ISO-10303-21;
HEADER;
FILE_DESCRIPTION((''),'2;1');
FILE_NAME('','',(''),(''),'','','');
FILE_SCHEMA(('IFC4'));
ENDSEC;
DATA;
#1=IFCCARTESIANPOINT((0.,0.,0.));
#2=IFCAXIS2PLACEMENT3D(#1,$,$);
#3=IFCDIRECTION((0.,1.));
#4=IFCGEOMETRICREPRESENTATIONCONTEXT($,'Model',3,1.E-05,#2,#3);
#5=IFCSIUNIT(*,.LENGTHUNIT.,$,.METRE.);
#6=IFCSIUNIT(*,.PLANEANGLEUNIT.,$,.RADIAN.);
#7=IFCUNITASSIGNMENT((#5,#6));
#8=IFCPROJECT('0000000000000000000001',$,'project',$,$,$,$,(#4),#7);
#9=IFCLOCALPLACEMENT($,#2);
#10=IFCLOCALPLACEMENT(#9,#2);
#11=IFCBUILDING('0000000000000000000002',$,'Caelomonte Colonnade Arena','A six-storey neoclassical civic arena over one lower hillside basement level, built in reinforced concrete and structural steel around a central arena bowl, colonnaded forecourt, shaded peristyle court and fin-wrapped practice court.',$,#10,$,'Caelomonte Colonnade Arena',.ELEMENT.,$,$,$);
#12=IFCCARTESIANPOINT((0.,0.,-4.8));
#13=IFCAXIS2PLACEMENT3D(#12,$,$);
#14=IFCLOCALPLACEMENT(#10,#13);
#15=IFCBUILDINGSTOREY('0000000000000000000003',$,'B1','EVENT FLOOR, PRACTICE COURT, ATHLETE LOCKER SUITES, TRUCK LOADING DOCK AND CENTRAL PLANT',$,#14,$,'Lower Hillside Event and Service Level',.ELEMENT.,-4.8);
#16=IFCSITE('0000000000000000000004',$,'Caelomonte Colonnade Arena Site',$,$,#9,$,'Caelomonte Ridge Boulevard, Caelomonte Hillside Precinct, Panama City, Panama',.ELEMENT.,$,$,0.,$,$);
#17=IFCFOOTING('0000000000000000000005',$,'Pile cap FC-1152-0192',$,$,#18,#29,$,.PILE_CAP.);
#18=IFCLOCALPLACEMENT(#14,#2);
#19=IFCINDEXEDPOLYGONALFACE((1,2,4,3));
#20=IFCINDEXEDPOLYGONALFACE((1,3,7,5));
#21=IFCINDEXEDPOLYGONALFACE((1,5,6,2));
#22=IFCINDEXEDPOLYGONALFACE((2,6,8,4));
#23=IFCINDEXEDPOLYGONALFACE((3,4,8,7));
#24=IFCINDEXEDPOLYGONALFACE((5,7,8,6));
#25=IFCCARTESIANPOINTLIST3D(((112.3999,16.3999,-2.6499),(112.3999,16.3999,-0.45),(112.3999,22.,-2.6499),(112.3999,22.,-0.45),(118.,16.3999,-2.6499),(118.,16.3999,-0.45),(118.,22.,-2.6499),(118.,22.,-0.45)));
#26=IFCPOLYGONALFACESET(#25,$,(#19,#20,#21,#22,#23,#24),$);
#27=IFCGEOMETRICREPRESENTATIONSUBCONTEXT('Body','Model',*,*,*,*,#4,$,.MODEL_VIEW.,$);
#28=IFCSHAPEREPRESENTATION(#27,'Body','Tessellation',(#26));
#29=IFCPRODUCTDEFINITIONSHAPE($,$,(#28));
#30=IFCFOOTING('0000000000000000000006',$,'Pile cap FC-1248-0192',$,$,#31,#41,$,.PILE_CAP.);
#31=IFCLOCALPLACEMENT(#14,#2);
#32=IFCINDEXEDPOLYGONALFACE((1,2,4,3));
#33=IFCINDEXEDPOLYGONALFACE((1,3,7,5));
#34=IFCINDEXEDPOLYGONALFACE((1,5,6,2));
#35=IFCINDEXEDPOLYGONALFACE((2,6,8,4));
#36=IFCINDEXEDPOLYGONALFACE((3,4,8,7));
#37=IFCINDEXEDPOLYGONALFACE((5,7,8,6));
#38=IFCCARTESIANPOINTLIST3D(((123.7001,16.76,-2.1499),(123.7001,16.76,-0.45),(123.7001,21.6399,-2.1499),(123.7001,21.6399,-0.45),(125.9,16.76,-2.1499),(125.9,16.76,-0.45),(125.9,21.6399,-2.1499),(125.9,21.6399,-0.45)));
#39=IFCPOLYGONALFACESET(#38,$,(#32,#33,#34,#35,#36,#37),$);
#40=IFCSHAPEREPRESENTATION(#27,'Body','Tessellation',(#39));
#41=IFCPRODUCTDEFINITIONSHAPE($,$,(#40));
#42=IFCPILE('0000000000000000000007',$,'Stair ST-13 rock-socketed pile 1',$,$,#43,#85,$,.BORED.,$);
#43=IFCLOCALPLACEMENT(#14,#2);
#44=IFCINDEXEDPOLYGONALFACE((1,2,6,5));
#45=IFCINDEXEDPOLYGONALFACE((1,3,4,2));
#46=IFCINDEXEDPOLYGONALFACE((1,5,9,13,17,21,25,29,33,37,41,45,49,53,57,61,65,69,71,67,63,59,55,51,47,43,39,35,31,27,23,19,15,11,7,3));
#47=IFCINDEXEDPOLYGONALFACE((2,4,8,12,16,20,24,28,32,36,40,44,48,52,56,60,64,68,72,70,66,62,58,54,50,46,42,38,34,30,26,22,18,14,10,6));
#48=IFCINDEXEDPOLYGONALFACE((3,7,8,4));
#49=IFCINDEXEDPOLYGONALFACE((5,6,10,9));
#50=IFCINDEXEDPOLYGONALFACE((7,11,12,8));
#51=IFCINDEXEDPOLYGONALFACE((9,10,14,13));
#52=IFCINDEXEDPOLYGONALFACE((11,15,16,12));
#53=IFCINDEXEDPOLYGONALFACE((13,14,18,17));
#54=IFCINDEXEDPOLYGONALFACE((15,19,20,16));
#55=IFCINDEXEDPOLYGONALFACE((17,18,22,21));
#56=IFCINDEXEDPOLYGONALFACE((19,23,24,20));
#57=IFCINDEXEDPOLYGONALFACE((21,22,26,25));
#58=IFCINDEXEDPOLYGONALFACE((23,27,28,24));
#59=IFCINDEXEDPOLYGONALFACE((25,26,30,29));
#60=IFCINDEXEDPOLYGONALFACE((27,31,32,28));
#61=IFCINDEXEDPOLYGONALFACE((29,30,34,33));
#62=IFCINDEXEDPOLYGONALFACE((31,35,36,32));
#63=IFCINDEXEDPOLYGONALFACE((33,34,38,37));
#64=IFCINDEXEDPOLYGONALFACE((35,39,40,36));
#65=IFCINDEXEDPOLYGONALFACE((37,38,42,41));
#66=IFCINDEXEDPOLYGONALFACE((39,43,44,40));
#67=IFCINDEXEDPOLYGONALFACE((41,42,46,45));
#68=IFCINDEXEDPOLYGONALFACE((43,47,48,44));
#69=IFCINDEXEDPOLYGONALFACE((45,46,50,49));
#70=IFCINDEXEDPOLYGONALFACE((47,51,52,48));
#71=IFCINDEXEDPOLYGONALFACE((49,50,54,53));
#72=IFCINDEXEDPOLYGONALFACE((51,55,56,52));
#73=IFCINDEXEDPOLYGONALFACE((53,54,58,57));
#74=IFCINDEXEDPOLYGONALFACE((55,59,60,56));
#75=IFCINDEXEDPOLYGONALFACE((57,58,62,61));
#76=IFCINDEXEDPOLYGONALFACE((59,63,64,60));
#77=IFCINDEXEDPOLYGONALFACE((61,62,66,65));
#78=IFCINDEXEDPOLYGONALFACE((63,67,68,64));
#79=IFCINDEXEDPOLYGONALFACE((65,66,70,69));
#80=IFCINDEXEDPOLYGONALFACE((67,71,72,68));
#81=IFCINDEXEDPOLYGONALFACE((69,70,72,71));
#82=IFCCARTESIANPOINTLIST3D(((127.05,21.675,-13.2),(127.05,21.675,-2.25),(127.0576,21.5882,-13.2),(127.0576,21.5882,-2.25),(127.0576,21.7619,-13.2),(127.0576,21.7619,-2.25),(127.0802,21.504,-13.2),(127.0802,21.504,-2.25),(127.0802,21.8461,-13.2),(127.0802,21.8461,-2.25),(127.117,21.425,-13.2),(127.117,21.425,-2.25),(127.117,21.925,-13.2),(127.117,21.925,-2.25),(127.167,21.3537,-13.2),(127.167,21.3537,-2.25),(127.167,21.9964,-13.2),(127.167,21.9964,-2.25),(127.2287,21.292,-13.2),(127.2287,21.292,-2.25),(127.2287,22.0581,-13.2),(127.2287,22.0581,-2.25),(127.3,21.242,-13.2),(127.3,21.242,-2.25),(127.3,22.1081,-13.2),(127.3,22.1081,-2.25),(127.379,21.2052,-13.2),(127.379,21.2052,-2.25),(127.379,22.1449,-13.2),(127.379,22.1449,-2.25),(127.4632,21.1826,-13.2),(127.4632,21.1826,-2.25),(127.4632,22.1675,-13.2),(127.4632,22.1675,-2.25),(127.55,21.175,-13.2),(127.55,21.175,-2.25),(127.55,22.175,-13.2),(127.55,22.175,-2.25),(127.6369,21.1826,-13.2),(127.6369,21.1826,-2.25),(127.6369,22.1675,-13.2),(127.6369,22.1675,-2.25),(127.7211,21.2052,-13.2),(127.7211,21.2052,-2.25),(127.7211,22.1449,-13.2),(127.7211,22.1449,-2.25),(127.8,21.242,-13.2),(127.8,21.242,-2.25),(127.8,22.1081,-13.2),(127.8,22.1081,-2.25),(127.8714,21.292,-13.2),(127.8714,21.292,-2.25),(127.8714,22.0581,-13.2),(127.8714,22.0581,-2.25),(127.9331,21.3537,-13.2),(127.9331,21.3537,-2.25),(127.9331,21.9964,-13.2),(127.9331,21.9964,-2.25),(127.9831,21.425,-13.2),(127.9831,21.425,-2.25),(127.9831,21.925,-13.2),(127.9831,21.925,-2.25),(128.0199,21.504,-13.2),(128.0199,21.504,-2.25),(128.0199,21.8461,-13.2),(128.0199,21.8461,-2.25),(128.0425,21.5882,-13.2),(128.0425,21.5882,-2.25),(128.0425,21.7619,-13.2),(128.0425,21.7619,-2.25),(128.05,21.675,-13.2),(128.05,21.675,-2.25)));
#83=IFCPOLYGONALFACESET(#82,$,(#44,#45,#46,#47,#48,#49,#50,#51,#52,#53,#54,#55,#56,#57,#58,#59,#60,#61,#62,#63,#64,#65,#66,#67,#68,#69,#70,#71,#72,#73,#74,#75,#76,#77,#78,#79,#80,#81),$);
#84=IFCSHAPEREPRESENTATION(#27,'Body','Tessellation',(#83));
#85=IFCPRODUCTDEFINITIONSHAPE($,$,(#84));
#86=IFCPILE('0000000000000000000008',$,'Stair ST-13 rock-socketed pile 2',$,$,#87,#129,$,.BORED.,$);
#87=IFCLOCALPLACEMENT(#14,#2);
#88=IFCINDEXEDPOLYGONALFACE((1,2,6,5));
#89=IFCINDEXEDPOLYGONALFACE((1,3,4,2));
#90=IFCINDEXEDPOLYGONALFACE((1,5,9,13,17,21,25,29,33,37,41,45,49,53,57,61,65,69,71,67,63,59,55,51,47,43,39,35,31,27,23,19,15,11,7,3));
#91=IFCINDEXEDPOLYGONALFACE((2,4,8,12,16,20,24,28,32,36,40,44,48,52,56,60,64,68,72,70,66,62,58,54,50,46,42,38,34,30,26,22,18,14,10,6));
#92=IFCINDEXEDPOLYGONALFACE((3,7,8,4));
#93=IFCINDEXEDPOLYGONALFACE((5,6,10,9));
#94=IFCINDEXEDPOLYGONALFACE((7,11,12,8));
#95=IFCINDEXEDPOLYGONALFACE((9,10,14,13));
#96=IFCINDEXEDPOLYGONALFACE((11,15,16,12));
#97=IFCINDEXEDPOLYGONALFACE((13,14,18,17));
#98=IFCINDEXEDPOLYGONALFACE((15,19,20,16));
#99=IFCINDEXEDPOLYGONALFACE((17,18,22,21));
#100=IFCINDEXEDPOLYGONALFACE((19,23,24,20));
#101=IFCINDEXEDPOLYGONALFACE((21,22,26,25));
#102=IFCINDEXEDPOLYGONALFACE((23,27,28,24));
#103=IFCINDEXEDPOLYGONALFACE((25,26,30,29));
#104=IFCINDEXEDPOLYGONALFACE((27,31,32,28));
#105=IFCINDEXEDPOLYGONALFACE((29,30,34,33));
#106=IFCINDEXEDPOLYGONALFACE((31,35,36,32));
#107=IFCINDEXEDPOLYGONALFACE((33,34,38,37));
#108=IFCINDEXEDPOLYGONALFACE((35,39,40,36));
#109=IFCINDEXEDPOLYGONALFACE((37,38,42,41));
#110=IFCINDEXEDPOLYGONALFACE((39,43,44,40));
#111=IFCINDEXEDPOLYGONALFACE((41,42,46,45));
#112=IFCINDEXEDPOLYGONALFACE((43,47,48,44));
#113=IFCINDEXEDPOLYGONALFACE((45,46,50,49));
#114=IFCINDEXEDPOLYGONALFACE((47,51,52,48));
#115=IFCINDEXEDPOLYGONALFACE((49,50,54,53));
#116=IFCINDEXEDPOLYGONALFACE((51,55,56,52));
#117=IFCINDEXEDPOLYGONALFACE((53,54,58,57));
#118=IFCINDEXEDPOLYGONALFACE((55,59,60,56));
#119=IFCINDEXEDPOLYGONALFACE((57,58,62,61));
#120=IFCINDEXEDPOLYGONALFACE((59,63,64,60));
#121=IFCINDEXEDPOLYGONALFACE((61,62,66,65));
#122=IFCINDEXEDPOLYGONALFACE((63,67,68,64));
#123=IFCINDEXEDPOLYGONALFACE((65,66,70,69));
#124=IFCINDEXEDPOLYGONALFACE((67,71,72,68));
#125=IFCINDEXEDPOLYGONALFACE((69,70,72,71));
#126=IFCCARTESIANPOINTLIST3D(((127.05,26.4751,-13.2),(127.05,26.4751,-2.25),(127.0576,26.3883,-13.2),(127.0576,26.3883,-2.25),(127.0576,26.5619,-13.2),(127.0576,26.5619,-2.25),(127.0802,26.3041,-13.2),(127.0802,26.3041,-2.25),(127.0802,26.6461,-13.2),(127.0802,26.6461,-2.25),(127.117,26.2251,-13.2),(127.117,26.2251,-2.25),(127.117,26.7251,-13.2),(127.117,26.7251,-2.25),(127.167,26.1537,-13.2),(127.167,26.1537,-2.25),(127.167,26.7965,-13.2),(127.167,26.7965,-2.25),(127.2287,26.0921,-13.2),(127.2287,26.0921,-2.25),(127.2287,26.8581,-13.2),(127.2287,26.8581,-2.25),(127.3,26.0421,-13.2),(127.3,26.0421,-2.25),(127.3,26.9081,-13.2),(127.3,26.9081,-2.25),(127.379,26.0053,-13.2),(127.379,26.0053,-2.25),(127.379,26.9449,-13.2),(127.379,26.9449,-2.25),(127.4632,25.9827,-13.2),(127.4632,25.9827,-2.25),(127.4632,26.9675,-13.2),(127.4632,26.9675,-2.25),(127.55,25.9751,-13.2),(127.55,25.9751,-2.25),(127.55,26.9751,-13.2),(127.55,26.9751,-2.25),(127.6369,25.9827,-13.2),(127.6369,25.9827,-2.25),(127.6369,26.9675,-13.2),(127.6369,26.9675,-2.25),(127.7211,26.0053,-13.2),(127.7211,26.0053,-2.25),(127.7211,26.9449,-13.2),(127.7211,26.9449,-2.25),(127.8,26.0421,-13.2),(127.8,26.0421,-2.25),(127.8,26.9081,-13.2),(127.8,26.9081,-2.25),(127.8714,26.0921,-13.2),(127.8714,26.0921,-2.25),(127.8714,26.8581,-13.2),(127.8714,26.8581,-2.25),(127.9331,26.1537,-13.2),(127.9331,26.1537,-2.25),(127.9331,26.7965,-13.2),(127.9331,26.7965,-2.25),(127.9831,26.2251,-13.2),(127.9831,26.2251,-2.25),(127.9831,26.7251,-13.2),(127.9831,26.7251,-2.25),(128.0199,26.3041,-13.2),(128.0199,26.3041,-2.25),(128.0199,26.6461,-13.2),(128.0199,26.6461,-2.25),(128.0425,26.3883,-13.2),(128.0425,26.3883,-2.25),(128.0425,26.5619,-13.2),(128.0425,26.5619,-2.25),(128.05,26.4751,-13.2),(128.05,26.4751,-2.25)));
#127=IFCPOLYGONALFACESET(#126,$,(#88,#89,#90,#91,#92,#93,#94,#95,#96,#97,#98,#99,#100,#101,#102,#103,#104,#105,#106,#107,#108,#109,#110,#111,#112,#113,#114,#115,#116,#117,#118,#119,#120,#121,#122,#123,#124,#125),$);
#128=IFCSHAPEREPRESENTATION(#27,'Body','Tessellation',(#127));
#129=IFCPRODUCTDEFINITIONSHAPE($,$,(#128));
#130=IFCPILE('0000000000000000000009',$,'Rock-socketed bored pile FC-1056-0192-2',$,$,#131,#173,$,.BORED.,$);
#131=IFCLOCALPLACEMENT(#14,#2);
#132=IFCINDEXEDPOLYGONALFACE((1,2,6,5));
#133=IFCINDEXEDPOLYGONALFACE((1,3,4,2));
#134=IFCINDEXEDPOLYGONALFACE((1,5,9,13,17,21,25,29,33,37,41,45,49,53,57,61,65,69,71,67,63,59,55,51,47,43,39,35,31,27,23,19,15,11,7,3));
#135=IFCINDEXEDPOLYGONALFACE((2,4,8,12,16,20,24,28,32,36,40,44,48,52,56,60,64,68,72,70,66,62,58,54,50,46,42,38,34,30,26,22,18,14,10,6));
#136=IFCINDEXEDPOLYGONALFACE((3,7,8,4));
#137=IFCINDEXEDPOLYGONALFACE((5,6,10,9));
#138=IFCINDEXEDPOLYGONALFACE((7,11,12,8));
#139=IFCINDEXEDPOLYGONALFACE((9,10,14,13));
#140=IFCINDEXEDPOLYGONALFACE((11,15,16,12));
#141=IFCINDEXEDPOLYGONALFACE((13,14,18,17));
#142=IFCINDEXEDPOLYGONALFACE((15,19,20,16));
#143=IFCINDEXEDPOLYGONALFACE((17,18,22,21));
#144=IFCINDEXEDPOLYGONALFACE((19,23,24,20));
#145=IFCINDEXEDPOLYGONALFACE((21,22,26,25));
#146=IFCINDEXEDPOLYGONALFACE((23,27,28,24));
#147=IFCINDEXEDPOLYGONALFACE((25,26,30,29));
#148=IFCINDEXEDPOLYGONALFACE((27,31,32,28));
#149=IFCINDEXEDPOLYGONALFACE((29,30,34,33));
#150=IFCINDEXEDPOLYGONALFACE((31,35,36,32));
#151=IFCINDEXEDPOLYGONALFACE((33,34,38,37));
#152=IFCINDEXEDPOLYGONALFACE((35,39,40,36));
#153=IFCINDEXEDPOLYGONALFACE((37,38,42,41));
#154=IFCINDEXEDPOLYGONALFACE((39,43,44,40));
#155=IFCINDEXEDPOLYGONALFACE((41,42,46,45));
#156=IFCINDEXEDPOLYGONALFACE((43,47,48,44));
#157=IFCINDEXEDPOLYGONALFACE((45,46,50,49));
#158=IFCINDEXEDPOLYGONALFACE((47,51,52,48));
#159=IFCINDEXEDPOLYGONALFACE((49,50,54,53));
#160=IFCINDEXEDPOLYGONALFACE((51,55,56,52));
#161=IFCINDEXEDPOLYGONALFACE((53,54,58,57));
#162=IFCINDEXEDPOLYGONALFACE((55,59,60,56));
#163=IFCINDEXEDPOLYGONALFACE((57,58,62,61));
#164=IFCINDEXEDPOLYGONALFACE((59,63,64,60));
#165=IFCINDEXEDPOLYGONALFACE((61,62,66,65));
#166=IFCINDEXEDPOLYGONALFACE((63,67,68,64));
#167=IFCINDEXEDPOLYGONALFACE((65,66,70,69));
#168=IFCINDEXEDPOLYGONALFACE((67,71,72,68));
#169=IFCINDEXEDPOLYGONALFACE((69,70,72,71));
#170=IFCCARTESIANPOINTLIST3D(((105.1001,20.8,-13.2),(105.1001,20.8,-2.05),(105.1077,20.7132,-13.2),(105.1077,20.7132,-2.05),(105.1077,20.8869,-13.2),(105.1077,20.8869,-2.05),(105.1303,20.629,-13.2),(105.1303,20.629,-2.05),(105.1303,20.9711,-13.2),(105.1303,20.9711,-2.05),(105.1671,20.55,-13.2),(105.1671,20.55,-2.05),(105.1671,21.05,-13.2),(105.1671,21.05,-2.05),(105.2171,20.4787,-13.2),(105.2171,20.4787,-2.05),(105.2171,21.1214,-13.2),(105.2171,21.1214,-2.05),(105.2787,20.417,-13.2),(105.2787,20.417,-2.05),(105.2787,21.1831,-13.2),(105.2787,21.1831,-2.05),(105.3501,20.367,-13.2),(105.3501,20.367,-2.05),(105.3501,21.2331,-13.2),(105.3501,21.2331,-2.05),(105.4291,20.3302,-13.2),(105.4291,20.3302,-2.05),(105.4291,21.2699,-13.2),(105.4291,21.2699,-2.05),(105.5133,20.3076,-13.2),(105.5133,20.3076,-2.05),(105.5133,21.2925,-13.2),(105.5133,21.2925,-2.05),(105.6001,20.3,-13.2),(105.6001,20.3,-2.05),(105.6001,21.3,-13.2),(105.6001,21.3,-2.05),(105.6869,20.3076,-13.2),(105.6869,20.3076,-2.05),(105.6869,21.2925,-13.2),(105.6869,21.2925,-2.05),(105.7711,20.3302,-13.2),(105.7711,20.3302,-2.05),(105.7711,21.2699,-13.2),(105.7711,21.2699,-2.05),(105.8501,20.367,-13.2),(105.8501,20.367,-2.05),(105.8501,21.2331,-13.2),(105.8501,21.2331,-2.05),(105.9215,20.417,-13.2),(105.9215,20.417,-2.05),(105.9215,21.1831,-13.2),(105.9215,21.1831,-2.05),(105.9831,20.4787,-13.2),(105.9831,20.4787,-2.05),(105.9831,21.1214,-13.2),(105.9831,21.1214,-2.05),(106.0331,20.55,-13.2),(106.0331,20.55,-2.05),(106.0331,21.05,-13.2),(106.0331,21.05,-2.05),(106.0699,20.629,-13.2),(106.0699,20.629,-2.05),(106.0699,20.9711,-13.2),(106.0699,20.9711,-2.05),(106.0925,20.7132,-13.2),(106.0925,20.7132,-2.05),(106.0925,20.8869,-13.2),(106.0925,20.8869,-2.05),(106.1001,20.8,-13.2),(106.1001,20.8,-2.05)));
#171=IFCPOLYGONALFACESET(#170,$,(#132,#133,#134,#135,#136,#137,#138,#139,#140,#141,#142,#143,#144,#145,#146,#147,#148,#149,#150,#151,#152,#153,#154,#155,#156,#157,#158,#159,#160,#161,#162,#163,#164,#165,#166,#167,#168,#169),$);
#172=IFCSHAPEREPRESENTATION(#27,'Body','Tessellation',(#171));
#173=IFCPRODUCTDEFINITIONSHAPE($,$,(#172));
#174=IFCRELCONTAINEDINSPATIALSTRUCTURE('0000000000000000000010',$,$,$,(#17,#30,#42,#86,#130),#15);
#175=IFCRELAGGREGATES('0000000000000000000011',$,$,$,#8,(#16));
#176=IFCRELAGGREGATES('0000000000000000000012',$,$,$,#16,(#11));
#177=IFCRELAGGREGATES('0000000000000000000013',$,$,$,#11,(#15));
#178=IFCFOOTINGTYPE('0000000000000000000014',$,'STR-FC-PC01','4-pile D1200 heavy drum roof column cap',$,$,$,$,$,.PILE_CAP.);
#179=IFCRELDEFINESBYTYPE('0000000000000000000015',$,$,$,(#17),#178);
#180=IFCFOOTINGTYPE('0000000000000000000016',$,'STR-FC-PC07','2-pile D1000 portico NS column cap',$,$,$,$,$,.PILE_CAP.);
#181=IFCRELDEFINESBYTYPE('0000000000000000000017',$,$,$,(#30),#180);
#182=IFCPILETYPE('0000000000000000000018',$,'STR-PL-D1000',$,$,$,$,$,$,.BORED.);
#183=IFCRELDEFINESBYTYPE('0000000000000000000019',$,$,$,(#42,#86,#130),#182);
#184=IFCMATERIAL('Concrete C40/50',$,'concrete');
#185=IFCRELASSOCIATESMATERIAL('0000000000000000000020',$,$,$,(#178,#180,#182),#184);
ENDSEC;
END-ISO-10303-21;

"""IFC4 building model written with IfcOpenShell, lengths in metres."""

from ifc_helpers import new_model, si_unit, direction, frame, origin, origin_2d, place, context, subcontext, project, spatial, rectangle, circle, extrude, material, material_profile, profile_set, type_object, element, save


model = new_model("IFC4")

# Units and contexts
model_context = context("Model", 3, precision=1e-05, world=origin(), true_north=direction((0.0, 1.0)))
body_context = subcontext(model_context, "Body", "Model", "MODEL_VIEW")
ifc_project = project(units=[si_unit("LENGTHUNIT", "METRE"), si_unit("PLANEANGLEUNIT", "RADIAN")], contexts=[model_context])

# Site, building, storey
site_placement = place(None, origin())
site = spatial("IfcSite", under=ifc_project, at=site_placement, Name="Caelomonte Colonnade Arena Site", LongName="Caelomonte Ridge Boulevard, Caelomonte Hillside Precinct, Panama City, Panama", CompositionType="ELEMENT", RefElevation=0.0)
building_placement = place(site_placement, origin())
building = spatial("IfcBuilding", under=site, at=building_placement, Name="Caelomonte Colonnade Arena", Description="A six-storey neoclassical civic arena over one lower hillside basement level, built in reinforced concrete and structural steel around a central arena bowl, colonnaded forecourt, shaded peristyle court and fin-wrapped practice court.", LongName="Caelomonte Colonnade Arena", CompositionType="ELEMENT")
storey_placement = place(building_placement, frame((0.0, 0.0, -4.8)))
storey = spatial("IfcBuildingStorey", under=building, at=storey_placement, Name="B1", Description="EVENT FLOOR, PRACTICE COURT, ATHLETE LOCKER SUITES, TRUCK LOADING DOCK AND CENTRAL PLANT", LongName="Lower Hillside Event and Service Level", CompositionType="ELEMENT", Elevation=-4.8)

# Footings
ifc_material_1 = material(Name="Concrete C40/50", Category="concrete")
footing_type_1 = type_object("IfcFootingType", Name="STR-FC-PC01", Description="4-pile D1200 heavy drum roof column cap", PredefinedType="PILE_CAP", material=ifc_material_1)
footing_1_placement = place(storey_placement, frame((115.2, 19.2, -2.6499), z_axis=(0.0, 0.0, 1.0), x_axis=(1.0, 0.0, 0.0)))
element("IfcFooting", 1, at=footing_1_placement, inside=storey, type_object=footing_type_1, Name="Pile cap FC-1152-0192", PredefinedType="PILE_CAP", context=body_context, shape_type="SweptSolid", body=[
    extrude(rectangle(XDim=5.6001, YDim=5.6001, at=origin_2d()), origin(), (0.0, 0.0, 1.0), 2.2),
])
footing_type_2 = type_object("IfcFootingType", Name="STR-FC-PC07", Description="2-pile D1000 portico NS column cap", PredefinedType="PILE_CAP", material=ifc_material_1)
footing_2_placement = place(storey_placement, frame((124.8, 19.2, -2.1499), z_axis=(0.0, 0.0, 1.0), x_axis=(1.0, 0.0, 0.0)))
element("IfcFooting", 2, at=footing_2_placement, inside=storey, type_object=footing_type_2, Name="Pile cap FC-1248-0192", PredefinedType="PILE_CAP", context=body_context, shape_type="SweptSolid", body=[
    extrude(rectangle(XDim=2.2, YDim=4.8799, at=origin_2d()), origin(), (0.0, 0.0, 1.0), 1.7),
])

# Piles
ifc_material_profile_1 = material_profile(ifc_material_1, circle(Radius=0.5, at=origin_2d()), Name="PILE-D1000")
ifc_profile_set_1 = profile_set([ifc_material_profile_1], Name="Concrete C40/50")
pile_type_1 = type_object("IfcPileType", Name="STR-PL-D1000", PredefinedType="BORED", material=ifc_profile_set_1)
for number, where, z_axis, x_axis, name in (
    (3, (127.55, 21.675, -2.25), (0.0, 0.0, -1.0), (1.0, 0.0, 0.0), "Stair ST-13 rock-socketed pile 1"),
    (4, (127.55, 26.4751, -2.25), (0.0, 0.0, -1.0), (1.0, 0.0, 0.0), "Stair ST-13 rock-socketed pile 2"),
):
    element("IfcPile", number, at=place(storey_placement, frame(where, z_axis=z_axis, x_axis=x_axis)), inside=storey, type_object=pile_type_1, Name=name, PredefinedType="BORED", context=body_context, shape_type="SweptSolid", body=[
        extrude(circle(Radius=0.5, at=origin_2d()), origin(), (0.0, 0.0, 1.0), 10.95),
    ])
for number, where, z_axis, x_axis, name in (
    (5, (105.6001, 20.8, -2.05), (0.0, 0.0, -1.0), (1.0, 0.0, 0.0), "Rock-socketed bored pile FC-1056-0192-2"),
):
    element("IfcPile", number, at=place(storey_placement, frame(where, z_axis=z_axis, x_axis=x_axis)), inside=storey, type_object=pile_type_1, Name=name, PredefinedType="BORED", context=body_context, shape_type="SweptSolid", body=[
        extrude(circle(Radius=0.5, at=origin_2d()), origin(), (0.0, 0.0, 1.0), 11.1499),
    ])

save(model, "model.ifc")
